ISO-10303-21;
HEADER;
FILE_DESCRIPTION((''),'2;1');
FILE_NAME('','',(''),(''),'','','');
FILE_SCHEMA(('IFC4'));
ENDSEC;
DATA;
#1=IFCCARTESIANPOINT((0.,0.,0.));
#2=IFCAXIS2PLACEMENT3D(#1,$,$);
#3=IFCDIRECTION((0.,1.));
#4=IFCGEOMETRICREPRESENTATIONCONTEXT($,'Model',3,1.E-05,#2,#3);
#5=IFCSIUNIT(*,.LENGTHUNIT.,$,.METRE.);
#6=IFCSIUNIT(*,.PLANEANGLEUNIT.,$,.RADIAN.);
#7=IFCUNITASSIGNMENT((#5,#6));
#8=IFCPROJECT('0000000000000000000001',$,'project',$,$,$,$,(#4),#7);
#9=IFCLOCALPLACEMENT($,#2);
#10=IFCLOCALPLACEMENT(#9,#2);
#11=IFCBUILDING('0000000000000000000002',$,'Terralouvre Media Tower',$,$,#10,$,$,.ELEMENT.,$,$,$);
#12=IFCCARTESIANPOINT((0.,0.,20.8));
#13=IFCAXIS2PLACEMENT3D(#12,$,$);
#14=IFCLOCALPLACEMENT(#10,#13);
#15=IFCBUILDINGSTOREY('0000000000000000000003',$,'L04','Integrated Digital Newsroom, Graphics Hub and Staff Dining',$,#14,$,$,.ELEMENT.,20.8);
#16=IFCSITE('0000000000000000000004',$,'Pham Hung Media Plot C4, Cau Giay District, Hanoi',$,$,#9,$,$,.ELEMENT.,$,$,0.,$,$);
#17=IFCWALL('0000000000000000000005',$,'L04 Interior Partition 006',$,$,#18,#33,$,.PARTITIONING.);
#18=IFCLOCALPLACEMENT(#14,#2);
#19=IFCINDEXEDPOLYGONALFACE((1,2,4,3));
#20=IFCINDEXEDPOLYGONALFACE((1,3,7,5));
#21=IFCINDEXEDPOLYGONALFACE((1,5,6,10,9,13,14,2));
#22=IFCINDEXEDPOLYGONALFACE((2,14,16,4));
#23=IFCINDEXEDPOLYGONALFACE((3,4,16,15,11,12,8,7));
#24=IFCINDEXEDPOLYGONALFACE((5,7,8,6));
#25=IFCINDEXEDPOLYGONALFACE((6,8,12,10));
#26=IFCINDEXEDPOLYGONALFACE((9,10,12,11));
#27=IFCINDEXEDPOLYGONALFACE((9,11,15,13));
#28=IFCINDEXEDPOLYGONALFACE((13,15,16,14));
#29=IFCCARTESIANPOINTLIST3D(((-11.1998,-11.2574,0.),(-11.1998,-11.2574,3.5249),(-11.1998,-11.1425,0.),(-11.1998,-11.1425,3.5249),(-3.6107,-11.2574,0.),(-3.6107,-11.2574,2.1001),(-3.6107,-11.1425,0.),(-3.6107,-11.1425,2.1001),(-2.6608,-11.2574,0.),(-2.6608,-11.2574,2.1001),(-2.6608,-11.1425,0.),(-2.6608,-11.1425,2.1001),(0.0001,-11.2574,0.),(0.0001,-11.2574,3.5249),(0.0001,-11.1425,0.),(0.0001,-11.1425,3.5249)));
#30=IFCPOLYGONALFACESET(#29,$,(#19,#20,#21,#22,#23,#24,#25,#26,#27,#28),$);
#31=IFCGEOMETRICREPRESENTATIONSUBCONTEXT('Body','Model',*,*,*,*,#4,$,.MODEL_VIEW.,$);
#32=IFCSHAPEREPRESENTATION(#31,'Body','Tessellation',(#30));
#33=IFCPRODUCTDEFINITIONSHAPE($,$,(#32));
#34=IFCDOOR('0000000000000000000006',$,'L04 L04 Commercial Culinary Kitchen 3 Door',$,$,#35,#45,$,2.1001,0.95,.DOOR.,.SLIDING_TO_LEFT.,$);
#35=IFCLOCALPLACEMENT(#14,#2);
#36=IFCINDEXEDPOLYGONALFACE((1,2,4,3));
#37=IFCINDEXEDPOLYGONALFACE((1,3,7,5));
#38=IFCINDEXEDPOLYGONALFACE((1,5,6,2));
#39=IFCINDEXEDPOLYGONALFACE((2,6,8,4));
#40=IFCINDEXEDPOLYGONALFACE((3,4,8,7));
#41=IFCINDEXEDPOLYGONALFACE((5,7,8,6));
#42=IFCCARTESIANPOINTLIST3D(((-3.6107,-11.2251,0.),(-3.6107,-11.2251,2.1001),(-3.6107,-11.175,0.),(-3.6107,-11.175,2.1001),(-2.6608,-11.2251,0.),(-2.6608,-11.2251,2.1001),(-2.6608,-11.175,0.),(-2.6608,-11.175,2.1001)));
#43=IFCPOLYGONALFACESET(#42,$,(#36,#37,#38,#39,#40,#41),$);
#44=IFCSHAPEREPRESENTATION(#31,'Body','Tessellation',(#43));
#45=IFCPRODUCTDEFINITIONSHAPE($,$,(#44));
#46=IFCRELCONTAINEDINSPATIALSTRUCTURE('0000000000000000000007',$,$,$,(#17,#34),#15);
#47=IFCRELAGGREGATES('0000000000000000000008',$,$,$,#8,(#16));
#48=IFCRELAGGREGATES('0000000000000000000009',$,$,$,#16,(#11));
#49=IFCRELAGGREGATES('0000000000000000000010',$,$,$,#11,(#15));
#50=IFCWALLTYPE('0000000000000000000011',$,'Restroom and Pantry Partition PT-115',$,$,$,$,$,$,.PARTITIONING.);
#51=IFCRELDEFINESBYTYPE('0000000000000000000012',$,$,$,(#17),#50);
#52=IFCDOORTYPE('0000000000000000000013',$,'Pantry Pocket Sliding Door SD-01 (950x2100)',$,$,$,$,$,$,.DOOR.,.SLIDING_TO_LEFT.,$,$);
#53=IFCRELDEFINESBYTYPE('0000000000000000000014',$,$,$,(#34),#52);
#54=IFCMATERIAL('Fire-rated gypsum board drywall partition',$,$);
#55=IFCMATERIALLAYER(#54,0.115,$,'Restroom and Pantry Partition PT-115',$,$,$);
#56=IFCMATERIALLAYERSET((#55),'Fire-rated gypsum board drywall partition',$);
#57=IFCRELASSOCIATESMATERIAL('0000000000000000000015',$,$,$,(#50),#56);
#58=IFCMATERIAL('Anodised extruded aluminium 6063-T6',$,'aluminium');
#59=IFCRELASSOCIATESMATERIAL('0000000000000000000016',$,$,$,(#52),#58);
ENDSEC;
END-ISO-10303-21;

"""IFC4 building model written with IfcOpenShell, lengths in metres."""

from ifc_helpers import new_model, si_unit, direction, frame, frame_2d, origin, place, context, subcontext, project, spatial, rectangle, extrude, material, layer, layer_set, type_object, element, fill, save


model = new_model("IFC4")

# Units and contexts
model_context = context("Model", 3, precision=1e-05, world=origin(), true_north=direction((0.0, 1.0)))
body_context = subcontext(model_context, "Body", "Model", "MODEL_VIEW")
ifc_project = project(units=[si_unit("LENGTHUNIT", "METRE"), si_unit("PLANEANGLEUNIT", "RADIAN")], contexts=[model_context])

# Site, building, storey
site_placement = place(None, origin())
site = spatial("IfcSite", under=ifc_project, at=site_placement, Name="Pham Hung Media Plot C4, Cau Giay District, Hanoi", CompositionType="ELEMENT", RefElevation=0.0)
building_placement = place(site_placement, origin())
building = spatial("IfcBuilding", under=site, at=building_placement, Name="Terralouvre Media Tower", CompositionType="ELEMENT")
storey_placement = place(building_placement, frame((0.0, 0.0, 20.8)))
storey = spatial("IfcBuildingStorey", under=building, at=storey_placement, Name="L04", Description="Integrated Digital Newsroom, Graphics Hub and Staff Dining", CompositionType="ELEMENT", Elevation=20.8)

# Wall, opening, door
ifc_material_1 = material(Name="Fire-rated gypsum board drywall partition")
ifc_layer_1 = layer(ifc_material_1, 0.115, Name="Restroom and Pantry Partition PT-115")
ifc_layer_set_1 = layer_set([ifc_layer_1], Name="Fire-rated gypsum board drywall partition")
wall_type_1 = type_object("IfcWallType", Name="Restroom and Pantry Partition PT-115", PredefinedType="PARTITIONING", material=ifc_layer_set_1)
wall_1_placement = place(storey_placement, frame((-11.2, -11.2, 0.0), z_axis=(0.0, 0.0, 1.0), x_axis=(1.0, 0.0, 0.0)))
wall_1 = element("IfcWall", 1, at=wall_1_placement, inside=storey, type_object=wall_type_1, Name="L04 Interior Partition 006", PredefinedType="PARTITIONING", context=body_context, shape_type="SweptSolid", body=[
    extrude(rectangle(XDim=11.2, YDim=0.115, at=frame_2d((5.6001, 0.0))), origin(), (0.0, 0.0, 1.0), 3.5249),
])
opening_1_placement = place(wall_1_placement, frame((7.5891, 0.0, 0.0)))
opening_1 = element("IfcOpeningElement", 2, at=opening_1_placement, cuts=wall_1, PredefinedType="OPENING", context=body_context, shape_type="SweptSolid", body=[
    extrude(rectangle(XDim=0.95, YDim=2.1001, at=frame_2d((0.4751, 1.05))), frame((0.0, 0.0674, 0.0), z_axis=(0.0, -1.0, 0.0), x_axis=(1.0, 0.0, 0.0)), (0.0, 0.0, 1.0), 0.135),
])
ifc_material_2 = material(Name="Anodised extruded aluminium 6063-T6", Category="aluminium")
door_type_1 = type_object("IfcDoorType", Name="Pantry Pocket Sliding Door SD-01 (950x2100)", OperationType="SLIDING_TO_LEFT", PredefinedType="DOOR", material=ifc_material_2)
door_1_placement = place(opening_1_placement, origin())
door_1 = element("IfcDoor", 3, at=door_1_placement, inside=storey, type_object=door_type_1, Name="L04 L04 Commercial Culinary Kitchen 3 Door", OperationType="SLIDING_TO_LEFT", OverallHeight=2.1001, OverallWidth=0.95, PredefinedType="DOOR", context=body_context, shape_type="SweptSolid", body=[
    extrude(rectangle(XDim=0.95, YDim=2.1001, at=frame_2d((0.4751, 1.05))), frame((0.0, 0.0249, 0.0), z_axis=(0.0, -1.0, 0.0), x_axis=(1.0, 0.0, 0.0)), (0.0, 0.0, 1.0), 0.05),
])
fill(opening_1, door_1)

save(model, "model.ifc")
